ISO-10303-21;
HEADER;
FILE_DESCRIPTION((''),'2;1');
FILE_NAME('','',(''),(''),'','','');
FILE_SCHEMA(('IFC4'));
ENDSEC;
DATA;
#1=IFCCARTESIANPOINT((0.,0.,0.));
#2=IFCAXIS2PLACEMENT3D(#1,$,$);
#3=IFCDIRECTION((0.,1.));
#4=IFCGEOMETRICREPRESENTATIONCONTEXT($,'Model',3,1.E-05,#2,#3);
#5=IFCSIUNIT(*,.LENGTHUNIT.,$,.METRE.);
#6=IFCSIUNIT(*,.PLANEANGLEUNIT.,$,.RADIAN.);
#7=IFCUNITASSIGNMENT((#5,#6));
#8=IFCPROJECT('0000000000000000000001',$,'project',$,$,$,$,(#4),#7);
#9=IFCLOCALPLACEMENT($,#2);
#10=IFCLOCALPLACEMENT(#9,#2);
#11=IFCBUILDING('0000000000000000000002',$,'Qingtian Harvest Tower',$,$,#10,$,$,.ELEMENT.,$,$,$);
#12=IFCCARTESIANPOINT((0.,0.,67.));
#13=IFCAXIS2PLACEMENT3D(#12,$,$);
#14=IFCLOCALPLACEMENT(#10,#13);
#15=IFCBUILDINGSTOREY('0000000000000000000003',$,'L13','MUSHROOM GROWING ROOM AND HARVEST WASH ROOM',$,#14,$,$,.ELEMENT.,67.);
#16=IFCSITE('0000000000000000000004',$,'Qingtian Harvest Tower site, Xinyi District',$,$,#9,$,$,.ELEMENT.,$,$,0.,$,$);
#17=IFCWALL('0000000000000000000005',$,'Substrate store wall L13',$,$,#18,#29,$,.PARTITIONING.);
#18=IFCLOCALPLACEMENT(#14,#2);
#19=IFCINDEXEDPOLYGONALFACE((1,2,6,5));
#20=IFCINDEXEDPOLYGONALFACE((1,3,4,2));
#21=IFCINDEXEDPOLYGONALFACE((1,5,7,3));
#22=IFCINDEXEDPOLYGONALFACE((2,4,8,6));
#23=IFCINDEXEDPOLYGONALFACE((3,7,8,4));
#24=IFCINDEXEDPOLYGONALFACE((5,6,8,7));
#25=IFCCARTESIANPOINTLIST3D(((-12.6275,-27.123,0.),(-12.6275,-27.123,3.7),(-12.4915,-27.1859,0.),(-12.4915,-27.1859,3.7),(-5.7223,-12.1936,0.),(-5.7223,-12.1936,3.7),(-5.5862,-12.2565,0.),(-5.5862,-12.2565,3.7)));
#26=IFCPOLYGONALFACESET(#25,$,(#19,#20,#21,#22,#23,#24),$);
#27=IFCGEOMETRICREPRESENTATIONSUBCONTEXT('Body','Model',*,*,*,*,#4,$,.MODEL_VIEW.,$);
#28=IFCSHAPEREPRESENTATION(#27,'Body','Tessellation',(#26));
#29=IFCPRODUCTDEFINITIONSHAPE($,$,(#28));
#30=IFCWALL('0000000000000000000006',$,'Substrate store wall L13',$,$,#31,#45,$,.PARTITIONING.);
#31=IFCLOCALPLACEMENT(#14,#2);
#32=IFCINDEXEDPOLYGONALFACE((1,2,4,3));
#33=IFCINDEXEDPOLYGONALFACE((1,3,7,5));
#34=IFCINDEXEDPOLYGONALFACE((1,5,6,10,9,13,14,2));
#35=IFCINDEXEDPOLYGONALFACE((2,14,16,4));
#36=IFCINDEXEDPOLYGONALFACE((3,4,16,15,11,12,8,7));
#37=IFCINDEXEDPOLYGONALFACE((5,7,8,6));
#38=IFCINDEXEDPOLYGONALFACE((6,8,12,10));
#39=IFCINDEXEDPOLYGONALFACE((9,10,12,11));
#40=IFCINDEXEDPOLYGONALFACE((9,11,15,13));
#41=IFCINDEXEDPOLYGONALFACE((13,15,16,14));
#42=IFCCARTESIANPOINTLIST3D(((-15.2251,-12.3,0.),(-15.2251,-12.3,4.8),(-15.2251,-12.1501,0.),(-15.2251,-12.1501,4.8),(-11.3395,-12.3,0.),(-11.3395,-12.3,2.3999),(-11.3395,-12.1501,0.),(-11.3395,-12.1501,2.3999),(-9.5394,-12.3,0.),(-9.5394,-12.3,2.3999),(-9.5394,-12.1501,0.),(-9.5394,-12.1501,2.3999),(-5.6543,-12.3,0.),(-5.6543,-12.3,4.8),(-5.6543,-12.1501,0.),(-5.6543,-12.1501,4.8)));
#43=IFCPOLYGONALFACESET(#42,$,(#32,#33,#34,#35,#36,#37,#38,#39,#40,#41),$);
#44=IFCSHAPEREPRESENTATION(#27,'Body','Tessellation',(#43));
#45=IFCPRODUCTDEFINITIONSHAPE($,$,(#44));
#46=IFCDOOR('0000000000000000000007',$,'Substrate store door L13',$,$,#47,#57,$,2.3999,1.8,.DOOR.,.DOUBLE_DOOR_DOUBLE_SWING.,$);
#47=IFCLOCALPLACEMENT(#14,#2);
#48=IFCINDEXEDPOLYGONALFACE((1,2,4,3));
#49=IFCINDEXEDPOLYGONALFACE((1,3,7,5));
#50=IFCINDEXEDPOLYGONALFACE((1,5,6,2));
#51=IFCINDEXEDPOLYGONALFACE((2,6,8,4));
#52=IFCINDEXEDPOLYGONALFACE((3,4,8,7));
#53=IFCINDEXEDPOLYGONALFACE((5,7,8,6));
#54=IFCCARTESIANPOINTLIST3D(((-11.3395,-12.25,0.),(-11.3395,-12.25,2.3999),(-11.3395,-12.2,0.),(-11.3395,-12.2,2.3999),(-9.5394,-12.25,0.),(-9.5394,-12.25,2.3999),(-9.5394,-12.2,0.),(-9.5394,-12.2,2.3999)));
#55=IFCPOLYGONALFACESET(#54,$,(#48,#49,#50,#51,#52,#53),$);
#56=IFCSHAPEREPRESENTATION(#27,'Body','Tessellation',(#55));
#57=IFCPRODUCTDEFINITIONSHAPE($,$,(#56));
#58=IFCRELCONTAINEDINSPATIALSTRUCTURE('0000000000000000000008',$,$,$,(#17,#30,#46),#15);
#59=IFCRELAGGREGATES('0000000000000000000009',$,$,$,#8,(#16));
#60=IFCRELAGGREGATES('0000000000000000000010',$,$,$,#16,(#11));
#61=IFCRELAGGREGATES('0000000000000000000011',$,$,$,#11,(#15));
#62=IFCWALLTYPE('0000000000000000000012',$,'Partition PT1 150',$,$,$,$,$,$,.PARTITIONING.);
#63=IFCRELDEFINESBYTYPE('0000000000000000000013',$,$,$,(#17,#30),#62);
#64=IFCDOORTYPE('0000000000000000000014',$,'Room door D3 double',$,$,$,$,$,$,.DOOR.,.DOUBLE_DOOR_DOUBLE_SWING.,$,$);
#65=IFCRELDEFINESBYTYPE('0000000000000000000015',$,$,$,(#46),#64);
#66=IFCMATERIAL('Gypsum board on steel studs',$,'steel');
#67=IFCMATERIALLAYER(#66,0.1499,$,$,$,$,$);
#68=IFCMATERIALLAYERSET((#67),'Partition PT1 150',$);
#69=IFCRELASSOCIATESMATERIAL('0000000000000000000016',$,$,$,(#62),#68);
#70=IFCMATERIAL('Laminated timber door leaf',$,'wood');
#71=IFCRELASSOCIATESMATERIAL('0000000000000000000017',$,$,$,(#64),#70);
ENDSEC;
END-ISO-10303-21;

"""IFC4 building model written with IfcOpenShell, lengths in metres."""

from ifc_helpers import new_model, si_unit, direction, frame, frame_2d, origin, place, context, subcontext, project, spatial, rectangle, extrude, material, layer, layer_set, type_object, element, fill, save


model = new_model("IFC4")

# Units and contexts
model_context = context("Model", 3, precision=1e-05, world=origin(), true_north=direction((0.0, 1.0)))
body_context = subcontext(model_context, "Body", "Model", "MODEL_VIEW")
ifc_project = project(units=[si_unit("LENGTHUNIT", "METRE"), si_unit("PLANEANGLEUNIT", "RADIAN")], contexts=[model_context])

# Site, building, storey
site_placement = place(None, origin())
site = spatial("IfcSite", under=ifc_project, at=site_placement, Name="Qingtian Harvest Tower site, Xinyi District", CompositionType="ELEMENT", RefElevation=0.0)
building_placement = place(site_placement, origin())
building = spatial("IfcBuilding", under=site, at=building_placement, Name="Qingtian Harvest Tower", CompositionType="ELEMENT")
storey_placement = place(building_placement, frame((0.0, 0.0, 67.0)))
storey = spatial("IfcBuildingStorey", under=building, at=storey_placement, Name="L13", Description="MUSHROOM GROWING ROOM AND HARVEST WASH ROOM", CompositionType="ELEMENT", Elevation=67.0)

# Wall
ifc_material_1 = material(Name="Gypsum board on steel studs", Category="steel")
ifc_layer_1 = layer(ifc_material_1, 0.1499)
ifc_layer_set_1 = layer_set([ifc_layer_1], Name="Partition PT1 150")
wall_type_1 = type_object("IfcWallType", Name="Partition PT1 150", PredefinedType="PARTITIONING", material=ifc_layer_set_1)
wall_1_placement = place(storey_placement, frame((-12.5596, -27.1545, 0.0), z_axis=(0.0, 0.0, 1.0), x_axis=(0.419798, 0.907618, 0.0)))
element("IfcWall", 1, at=wall_1_placement, inside=storey, type_object=wall_type_1, Name="Substrate store wall L13", PredefinedType="PARTITIONING", context=body_context, shape_type="SweptSolid", body=[
    extrude(rectangle(XDim=16.449, YDim=0.1499, at=frame_2d((8.2246, 0.0))), origin(), (0.0, 0.0, 1.0), 3.7),
])

# Wall, opening, door
wall_2_placement = place(storey_placement, frame((-5.6543, -12.2251, 0.0), z_axis=(0.0, 0.0, 1.0), x_axis=(-1.0, 0.0, 0.0)))
wall_2 = element("IfcWall", 2, at=wall_2_placement, inside=storey, type_object=wall_type_1, Name="Substrate store wall L13", PredefinedType="PARTITIONING", context=body_context, shape_type="SweptSolid", body=[
    extrude(rectangle(XDim=9.5708, YDim=0.1499, at=frame_2d((4.7854, 0.0))), origin(), (0.0, 0.0, 1.0), 4.8),
])
opening_1_placement = place(wall_2_placement, frame((3.8853, 0.0, 0.0)))
opening_1 = element("IfcOpeningElement", 3, at=opening_1_placement, cuts=wall_2, PredefinedType="OPENING", context=body_context, shape_type="SweptSolid", body=[
    extrude(rectangle(XDim=1.8, YDim=2.3999, at=frame_2d((0.8999, 1.2))), frame((0.0, 0.085, 0.0), z_axis=(0.0, -1.0, 0.0), x_axis=(1.0, 0.0, 0.0)), (0.0, 0.0, 1.0), 0.1699),
])
ifc_material_2 = material(Name="Laminated timber door leaf", Category="wood")
door_type_1 = type_object("IfcDoorType", Name="Room door D3 double", OperationType="DOUBLE_DOOR_DOUBLE_SWING", PredefinedType="DOOR", material=ifc_material_2)
door_1_placement = place(opening_1_placement, origin())
door_1 = element("IfcDoor", 4, at=door_1_placement, inside=storey, type_object=door_type_1, Name="Substrate store door L13", OperationType="DOUBLE_DOOR_DOUBLE_SWING", OverallHeight=2.3999, OverallWidth=1.8, PredefinedType="DOOR", context=body_context, shape_type="SweptSolid", body=[
    extrude(rectangle(XDim=1.8, YDim=2.3999, at=frame_2d((0.8999, 1.2))), frame((0.0, 0.0249, 0.0), z_axis=(0.0, -1.0, 0.0), x_axis=(1.0, 0.0, 0.0)), (0.0, 0.0, 1.0), 0.05),
])
fill(opening_1, door_1)

save(model, "model.ifc")
